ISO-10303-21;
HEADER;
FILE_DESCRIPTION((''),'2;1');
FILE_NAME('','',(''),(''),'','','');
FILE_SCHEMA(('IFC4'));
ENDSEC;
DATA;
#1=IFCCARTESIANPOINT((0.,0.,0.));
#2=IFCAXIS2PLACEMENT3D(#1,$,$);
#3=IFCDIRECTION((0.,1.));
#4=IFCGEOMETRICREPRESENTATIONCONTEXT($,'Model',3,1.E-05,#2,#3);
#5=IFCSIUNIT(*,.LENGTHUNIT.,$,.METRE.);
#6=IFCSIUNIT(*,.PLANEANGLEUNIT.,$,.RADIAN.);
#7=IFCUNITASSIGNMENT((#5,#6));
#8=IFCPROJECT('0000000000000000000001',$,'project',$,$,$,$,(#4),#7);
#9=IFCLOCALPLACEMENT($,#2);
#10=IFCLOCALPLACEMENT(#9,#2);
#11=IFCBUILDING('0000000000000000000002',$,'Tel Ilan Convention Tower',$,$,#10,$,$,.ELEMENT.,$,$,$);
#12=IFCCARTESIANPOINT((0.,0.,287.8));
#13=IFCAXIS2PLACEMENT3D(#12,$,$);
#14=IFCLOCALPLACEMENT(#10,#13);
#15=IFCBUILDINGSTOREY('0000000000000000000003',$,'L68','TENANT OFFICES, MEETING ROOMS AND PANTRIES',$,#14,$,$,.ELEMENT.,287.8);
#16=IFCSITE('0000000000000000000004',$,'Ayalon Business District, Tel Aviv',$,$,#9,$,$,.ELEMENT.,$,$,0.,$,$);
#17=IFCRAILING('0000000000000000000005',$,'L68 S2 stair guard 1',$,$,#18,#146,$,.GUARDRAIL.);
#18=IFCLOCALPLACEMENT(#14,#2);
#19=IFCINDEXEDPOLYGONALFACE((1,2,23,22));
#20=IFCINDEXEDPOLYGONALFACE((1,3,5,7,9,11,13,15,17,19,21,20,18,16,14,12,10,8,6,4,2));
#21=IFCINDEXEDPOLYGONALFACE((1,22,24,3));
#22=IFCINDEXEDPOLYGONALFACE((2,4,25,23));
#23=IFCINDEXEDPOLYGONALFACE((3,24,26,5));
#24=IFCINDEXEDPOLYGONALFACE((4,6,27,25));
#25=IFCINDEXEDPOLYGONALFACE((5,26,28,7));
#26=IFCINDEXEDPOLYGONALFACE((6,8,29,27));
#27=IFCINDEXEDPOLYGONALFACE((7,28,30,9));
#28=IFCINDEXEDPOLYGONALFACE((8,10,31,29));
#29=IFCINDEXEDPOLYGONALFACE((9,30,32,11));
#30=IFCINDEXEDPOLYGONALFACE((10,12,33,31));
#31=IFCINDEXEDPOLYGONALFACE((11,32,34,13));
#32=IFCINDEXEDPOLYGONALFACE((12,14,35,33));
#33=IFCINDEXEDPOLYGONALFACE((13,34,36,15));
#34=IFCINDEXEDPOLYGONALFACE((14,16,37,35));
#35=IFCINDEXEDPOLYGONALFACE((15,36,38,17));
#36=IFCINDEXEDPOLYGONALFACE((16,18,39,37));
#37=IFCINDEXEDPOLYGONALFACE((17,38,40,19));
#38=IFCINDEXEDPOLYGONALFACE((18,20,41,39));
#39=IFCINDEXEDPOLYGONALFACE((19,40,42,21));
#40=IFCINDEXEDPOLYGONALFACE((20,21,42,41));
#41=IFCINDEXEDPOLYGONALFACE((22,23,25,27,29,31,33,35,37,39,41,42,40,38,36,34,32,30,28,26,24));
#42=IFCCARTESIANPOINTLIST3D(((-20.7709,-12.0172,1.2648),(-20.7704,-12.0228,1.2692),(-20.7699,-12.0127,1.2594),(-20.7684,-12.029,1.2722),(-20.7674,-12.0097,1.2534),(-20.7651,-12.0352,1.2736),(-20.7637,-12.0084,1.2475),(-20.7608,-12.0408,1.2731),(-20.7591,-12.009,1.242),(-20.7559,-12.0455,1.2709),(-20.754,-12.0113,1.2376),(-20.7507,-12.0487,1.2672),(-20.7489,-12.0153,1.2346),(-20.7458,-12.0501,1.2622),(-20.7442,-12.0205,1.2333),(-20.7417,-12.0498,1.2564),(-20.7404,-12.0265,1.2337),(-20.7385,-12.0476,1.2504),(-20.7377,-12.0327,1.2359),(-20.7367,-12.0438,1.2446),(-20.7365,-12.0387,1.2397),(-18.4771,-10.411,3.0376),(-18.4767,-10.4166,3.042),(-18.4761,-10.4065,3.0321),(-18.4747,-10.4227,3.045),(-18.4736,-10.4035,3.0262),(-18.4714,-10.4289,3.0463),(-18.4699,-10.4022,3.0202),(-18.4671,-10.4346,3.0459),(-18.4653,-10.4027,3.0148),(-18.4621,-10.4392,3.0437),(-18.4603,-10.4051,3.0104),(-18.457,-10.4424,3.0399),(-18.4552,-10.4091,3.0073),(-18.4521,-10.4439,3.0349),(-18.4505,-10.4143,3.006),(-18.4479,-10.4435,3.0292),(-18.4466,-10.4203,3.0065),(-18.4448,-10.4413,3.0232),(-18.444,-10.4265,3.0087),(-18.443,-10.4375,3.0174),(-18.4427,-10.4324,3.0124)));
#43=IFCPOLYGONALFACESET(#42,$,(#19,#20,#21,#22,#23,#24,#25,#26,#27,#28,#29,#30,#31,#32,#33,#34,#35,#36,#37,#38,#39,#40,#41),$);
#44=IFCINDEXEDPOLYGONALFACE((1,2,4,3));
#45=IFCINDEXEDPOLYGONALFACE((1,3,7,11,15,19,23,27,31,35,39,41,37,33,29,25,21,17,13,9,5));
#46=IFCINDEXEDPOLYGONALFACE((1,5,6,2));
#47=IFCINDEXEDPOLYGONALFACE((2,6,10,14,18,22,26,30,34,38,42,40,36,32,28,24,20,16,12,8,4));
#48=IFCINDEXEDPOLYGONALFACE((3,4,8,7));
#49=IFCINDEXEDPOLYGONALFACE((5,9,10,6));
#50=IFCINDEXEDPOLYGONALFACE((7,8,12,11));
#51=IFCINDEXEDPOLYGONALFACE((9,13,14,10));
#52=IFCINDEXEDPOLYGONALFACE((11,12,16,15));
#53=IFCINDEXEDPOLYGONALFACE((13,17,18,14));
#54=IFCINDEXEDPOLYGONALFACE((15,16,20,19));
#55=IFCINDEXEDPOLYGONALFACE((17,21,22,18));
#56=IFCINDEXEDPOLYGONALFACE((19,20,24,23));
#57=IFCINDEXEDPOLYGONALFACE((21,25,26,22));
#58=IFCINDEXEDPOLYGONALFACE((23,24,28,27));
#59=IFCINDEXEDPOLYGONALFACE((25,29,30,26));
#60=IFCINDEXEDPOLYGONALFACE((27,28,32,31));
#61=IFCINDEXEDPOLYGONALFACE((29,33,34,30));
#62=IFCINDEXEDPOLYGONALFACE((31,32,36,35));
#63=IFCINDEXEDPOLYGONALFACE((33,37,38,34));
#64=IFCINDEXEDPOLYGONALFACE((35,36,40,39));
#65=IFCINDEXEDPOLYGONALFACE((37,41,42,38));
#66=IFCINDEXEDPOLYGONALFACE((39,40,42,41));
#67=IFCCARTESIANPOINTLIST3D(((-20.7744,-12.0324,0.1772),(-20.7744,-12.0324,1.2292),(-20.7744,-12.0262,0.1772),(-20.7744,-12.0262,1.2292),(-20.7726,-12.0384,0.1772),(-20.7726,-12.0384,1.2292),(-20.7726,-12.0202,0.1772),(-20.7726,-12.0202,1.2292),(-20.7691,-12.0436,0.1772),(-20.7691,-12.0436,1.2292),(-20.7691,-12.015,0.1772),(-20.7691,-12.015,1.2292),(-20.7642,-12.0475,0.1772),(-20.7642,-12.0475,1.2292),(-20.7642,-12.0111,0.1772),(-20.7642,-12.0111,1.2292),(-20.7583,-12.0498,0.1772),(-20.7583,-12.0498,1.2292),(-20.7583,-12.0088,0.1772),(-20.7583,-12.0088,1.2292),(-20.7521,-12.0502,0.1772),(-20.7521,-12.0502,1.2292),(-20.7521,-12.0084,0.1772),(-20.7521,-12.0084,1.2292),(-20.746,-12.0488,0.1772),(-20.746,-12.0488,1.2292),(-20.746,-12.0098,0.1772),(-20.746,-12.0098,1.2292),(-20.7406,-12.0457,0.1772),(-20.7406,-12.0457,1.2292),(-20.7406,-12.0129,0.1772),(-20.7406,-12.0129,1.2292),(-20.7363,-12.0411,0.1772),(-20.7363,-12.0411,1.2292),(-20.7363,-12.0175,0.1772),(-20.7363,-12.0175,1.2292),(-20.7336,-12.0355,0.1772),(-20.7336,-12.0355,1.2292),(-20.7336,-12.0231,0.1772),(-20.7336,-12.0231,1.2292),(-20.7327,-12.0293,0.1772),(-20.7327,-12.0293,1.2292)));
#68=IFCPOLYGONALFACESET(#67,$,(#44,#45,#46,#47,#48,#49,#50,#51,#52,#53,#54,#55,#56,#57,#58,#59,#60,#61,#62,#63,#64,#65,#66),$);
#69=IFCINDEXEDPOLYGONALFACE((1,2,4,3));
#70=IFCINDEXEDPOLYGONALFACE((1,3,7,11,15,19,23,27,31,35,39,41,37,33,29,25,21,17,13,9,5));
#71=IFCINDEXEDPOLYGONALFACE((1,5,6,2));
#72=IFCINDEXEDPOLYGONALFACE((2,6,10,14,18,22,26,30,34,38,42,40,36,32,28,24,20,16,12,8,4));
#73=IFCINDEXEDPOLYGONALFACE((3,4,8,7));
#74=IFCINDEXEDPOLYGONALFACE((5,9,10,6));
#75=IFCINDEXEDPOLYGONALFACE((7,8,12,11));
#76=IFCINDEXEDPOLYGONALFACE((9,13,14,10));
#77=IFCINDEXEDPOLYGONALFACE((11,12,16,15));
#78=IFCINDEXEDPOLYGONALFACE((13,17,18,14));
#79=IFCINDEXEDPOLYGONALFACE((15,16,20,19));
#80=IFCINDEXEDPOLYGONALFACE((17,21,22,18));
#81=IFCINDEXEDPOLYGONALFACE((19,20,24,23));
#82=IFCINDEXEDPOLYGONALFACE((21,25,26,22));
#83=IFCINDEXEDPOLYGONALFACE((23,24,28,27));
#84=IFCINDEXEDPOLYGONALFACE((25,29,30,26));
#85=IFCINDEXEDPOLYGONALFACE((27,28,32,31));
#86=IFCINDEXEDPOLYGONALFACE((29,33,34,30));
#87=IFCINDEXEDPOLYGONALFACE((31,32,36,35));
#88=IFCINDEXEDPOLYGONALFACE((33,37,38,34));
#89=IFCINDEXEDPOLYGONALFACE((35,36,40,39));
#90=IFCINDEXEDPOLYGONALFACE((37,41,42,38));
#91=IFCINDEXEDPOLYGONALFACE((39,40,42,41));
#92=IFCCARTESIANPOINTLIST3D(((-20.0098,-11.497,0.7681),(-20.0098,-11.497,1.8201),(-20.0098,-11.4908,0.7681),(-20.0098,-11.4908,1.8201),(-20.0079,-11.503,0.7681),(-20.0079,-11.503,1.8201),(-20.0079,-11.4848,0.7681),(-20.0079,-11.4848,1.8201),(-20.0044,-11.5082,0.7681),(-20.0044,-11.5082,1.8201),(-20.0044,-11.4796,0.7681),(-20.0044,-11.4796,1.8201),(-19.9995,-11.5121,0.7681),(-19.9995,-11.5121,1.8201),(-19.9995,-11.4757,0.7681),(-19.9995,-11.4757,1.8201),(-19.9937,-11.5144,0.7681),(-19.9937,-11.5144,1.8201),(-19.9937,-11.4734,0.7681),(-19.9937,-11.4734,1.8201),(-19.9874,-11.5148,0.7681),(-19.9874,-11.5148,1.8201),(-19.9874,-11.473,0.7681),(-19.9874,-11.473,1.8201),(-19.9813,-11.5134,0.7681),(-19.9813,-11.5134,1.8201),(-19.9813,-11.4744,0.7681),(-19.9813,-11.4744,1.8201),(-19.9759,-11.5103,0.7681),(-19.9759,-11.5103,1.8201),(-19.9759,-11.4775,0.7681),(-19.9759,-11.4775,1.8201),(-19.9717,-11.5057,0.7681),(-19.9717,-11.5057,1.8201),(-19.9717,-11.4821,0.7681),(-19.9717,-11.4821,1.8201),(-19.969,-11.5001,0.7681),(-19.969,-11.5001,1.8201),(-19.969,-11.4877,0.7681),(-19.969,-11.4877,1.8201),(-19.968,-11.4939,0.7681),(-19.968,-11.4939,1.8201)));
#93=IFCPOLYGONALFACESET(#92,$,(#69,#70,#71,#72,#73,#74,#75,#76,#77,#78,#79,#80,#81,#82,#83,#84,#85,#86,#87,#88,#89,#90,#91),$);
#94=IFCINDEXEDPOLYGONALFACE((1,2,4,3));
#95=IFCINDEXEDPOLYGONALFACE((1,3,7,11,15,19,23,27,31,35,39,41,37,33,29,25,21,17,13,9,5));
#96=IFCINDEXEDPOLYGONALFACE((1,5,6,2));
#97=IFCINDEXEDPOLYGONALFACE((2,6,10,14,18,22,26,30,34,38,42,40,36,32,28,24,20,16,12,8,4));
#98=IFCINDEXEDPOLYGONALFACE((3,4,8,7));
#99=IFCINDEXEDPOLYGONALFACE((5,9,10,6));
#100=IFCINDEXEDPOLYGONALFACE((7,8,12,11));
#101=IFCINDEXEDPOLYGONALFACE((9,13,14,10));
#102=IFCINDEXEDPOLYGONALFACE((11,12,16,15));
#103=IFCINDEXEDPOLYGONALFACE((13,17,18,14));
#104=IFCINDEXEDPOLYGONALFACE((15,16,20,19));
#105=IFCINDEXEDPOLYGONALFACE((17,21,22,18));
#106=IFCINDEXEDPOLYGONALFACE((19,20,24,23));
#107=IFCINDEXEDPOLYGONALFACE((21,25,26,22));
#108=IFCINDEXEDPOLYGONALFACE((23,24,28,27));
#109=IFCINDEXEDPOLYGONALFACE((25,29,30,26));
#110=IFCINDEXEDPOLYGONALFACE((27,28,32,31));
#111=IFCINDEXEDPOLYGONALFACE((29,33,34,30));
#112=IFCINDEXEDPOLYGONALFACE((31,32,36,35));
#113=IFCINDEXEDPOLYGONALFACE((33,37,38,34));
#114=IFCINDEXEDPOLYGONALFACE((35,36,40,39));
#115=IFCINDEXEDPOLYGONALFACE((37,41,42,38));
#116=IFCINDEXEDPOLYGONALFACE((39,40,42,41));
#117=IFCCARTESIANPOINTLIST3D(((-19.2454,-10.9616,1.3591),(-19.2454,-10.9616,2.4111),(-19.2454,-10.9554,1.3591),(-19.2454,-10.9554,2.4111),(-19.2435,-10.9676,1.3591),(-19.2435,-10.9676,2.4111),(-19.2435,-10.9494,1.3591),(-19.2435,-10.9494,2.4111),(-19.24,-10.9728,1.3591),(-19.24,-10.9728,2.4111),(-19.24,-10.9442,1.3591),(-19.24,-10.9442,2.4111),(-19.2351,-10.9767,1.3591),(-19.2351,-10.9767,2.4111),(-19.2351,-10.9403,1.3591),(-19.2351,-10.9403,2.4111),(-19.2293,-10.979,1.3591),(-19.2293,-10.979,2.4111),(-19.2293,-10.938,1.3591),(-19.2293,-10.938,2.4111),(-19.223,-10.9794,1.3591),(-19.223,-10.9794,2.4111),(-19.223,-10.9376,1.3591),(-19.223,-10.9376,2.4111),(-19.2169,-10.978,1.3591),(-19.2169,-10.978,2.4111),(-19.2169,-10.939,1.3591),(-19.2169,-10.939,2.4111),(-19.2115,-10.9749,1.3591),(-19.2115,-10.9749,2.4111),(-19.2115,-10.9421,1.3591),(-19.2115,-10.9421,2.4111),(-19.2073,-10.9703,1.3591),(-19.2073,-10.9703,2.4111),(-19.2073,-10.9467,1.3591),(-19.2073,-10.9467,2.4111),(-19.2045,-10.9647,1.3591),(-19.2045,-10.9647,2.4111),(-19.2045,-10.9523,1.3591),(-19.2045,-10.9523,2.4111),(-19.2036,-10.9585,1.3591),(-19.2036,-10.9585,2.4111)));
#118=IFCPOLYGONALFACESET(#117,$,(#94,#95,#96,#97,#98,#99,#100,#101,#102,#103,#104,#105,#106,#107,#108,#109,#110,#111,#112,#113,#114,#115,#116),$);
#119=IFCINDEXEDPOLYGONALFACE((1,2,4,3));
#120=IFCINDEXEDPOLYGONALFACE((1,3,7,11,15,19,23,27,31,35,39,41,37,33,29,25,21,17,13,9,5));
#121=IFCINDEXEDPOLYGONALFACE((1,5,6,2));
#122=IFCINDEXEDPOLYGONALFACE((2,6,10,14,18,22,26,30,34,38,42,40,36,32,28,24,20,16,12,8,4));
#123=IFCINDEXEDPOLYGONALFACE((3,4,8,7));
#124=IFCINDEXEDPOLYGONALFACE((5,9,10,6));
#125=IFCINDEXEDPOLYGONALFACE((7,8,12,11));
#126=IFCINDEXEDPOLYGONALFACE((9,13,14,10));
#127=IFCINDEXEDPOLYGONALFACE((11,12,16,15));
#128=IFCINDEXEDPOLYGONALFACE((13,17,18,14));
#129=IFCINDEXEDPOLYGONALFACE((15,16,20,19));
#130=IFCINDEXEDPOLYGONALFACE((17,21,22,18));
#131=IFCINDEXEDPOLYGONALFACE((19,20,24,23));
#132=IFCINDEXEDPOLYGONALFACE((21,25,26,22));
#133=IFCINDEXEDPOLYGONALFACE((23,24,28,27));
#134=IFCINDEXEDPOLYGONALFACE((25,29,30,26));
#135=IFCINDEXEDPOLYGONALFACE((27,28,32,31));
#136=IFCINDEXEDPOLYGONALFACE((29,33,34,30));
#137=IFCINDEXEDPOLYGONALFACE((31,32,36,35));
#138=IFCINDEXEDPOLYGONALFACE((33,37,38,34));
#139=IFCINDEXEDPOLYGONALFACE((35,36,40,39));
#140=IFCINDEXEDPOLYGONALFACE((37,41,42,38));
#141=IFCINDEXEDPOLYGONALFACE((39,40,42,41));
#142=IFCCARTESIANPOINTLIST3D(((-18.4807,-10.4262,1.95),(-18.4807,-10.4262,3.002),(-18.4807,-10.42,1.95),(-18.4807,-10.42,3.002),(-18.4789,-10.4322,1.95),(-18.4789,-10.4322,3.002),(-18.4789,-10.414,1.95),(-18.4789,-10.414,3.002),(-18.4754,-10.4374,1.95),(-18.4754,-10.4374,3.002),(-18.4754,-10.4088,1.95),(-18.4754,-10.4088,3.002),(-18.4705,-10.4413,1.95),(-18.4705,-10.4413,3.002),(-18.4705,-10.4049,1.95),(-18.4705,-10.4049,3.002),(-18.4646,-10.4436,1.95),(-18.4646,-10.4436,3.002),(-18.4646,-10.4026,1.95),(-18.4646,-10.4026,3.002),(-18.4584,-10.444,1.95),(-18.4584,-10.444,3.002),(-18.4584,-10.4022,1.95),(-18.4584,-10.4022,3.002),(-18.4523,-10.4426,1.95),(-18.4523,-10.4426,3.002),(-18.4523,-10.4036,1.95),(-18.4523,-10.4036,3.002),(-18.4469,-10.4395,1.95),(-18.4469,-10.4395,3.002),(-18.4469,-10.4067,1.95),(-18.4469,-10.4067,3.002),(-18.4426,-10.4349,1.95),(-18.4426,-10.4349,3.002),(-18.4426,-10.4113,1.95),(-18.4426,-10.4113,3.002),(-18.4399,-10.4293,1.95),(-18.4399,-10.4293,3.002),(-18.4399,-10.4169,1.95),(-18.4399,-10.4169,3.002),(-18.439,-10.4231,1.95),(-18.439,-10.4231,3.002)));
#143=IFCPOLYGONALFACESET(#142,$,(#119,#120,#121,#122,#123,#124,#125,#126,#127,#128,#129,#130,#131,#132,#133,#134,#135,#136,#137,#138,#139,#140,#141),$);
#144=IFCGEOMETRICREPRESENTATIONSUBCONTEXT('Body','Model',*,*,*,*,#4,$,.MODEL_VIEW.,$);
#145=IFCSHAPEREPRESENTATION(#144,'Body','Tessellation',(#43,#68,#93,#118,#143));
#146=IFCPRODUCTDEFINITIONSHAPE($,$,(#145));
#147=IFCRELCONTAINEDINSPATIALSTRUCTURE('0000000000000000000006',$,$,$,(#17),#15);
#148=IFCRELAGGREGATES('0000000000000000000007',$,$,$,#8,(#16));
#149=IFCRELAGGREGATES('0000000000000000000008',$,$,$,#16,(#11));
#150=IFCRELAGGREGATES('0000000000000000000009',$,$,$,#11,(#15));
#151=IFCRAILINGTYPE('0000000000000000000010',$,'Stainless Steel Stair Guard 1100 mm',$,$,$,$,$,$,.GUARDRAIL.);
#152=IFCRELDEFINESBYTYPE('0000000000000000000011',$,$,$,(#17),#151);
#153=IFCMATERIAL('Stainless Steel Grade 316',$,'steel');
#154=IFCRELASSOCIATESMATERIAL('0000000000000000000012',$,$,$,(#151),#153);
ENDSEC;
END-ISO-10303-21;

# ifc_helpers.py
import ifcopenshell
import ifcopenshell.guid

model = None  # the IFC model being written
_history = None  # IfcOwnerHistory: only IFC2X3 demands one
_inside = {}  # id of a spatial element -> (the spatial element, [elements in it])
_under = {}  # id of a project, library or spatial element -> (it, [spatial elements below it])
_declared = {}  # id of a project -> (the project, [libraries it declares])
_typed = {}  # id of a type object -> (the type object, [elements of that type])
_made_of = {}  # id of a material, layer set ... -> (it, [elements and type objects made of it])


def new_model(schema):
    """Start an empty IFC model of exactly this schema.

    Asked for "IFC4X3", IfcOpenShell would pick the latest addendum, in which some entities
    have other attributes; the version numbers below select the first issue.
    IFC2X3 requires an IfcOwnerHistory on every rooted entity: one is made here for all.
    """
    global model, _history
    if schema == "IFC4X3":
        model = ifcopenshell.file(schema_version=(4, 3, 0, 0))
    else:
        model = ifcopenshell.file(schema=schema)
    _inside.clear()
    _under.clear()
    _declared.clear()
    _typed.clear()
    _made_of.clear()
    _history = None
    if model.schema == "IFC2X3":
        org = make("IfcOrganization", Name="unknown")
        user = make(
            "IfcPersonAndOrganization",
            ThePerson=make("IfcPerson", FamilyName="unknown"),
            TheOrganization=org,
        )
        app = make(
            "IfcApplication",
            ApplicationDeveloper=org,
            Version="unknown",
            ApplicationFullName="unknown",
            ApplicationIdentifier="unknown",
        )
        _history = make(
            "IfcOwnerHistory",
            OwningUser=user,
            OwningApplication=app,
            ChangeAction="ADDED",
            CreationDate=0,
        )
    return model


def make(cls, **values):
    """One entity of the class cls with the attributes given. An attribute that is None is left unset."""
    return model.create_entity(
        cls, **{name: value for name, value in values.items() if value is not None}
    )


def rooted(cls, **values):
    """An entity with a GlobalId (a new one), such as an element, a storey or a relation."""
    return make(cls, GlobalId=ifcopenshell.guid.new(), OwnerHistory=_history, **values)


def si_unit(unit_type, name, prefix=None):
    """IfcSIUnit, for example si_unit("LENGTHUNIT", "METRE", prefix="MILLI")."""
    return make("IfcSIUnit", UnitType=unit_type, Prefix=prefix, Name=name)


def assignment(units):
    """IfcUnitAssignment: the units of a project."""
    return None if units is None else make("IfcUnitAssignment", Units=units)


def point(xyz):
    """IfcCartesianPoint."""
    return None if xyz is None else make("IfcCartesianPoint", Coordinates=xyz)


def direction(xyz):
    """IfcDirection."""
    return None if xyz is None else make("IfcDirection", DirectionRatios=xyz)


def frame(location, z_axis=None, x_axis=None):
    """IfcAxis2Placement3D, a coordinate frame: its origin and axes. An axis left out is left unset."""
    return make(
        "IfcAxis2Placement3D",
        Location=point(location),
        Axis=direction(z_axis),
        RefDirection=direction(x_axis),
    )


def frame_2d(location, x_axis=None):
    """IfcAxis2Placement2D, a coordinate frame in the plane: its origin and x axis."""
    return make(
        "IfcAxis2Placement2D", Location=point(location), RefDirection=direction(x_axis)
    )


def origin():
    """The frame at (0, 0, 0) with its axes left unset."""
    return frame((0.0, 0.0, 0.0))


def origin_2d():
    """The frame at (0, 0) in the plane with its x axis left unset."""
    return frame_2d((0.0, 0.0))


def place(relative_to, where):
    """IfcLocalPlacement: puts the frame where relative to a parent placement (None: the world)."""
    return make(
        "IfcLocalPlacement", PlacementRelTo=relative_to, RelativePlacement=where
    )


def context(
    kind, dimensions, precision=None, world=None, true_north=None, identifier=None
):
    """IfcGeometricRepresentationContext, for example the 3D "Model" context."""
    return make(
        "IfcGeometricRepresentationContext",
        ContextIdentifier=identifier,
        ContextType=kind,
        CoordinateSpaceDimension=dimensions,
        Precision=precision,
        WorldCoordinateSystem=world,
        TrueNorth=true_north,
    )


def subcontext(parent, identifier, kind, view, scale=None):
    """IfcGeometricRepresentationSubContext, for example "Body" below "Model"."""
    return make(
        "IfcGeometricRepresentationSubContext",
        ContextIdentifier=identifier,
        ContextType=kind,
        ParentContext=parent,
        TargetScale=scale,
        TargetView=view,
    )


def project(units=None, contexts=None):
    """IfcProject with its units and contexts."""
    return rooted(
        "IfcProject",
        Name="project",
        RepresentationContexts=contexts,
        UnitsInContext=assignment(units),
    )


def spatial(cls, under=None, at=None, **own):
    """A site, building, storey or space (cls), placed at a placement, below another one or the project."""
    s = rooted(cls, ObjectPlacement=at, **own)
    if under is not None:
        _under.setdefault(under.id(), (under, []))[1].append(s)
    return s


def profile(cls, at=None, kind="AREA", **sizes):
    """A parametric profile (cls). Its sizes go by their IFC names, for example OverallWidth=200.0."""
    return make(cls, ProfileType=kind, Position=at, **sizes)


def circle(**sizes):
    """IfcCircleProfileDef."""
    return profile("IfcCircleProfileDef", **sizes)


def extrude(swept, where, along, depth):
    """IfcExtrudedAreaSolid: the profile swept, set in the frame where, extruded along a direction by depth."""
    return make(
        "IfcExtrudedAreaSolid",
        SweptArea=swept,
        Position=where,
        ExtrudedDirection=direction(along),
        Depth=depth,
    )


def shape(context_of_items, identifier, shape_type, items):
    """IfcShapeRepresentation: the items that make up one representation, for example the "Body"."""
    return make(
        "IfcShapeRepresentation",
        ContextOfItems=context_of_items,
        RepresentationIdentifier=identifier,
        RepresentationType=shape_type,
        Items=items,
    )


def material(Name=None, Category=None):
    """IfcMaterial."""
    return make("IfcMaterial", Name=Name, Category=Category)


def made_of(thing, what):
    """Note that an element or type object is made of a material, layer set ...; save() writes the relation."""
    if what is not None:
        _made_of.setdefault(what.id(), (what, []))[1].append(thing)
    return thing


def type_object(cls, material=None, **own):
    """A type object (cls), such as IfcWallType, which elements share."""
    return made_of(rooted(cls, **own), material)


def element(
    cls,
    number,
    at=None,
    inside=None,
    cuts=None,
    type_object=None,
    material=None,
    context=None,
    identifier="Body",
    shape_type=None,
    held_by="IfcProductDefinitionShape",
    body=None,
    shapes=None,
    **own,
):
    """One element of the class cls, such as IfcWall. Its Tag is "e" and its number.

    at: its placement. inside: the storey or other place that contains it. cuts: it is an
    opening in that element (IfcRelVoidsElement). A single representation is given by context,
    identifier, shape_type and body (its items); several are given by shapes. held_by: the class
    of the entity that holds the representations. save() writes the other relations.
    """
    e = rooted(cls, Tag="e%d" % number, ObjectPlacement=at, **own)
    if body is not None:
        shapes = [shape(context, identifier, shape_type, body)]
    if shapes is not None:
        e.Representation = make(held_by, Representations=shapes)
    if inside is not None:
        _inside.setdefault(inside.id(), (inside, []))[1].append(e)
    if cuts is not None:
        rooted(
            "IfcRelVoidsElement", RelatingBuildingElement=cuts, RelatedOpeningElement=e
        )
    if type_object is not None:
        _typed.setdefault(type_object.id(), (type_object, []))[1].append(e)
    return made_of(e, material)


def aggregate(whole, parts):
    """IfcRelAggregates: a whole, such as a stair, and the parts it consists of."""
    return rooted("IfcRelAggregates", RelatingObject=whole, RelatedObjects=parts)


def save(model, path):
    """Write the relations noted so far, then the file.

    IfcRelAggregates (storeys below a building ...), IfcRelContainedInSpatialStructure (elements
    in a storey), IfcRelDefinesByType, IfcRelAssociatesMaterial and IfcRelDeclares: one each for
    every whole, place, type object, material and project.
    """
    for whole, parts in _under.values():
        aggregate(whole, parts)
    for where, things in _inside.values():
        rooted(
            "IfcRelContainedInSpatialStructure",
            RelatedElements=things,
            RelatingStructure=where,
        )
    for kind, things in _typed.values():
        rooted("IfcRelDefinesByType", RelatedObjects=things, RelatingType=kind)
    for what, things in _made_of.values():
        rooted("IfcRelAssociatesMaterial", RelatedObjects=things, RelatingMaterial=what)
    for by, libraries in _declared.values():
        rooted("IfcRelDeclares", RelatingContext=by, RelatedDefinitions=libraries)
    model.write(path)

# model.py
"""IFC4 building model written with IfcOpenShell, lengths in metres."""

from ifc_helpers import new_model, si_unit, direction, frame, origin, origin_2d, place, context, subcontext, project, spatial, circle, extrude, material, type_object, element, save


model = new_model("IFC4")

# Units and contexts
model_context = context("Model", 3, precision=1e-05, world=origin(), true_north=direction((0.0, 1.0)))
body_context = subcontext(model_context, "Body", "Model", "MODEL_VIEW")
ifc_project = project(units=[si_unit("LENGTHUNIT", "METRE"), si_unit("PLANEANGLEUNIT", "RADIAN")], contexts=[model_context])

# Site, building, storey
site_placement = place(None, origin())
site = spatial("IfcSite", under=ifc_project, at=site_placement, Name="Ayalon Business District, Tel Aviv", CompositionType="ELEMENT", RefElevation=0.0)
building_placement = place(site_placement, origin())
building = spatial("IfcBuilding", under=site, at=building_placement, Name="Tel Ilan Convention Tower", CompositionType="ELEMENT")
storey_placement = place(building_placement, frame((0.0, 0.0, 287.8)))
storey = spatial("IfcBuildingStorey", under=building, at=storey_placement, Name="L68", Description="TENANT OFFICES, MEETING ROOMS AND PANTRIES", CompositionType="ELEMENT", Elevation=287.8)

# Railing
ifc_material_1 = material(Name="Stainless Steel Grade 316", Category="steel")
railing_type_1 = type_object("IfcRailingType", Name="Stainless Steel Stair Guard 1100 mm", PredefinedType="GUARDRAIL", material=ifc_material_1)
railing_1_placement = place(storey_placement, frame((-20.7537, -12.0293, 0.1772)))
element("IfcRailing", 1, at=railing_1_placement, inside=storey, type_object=railing_type_1, Name="L68 S2 stair guard 1", PredefinedType="GUARDRAIL", context=body_context, shape_type="SweptSolid", body=[
    extrude(circle(Radius=0.0239, at=origin_2d()), frame((0.0, 0.0, 1.0762), z_axis=(0.692098, 0.484653, 0.534894), x_axis=(-0.573609, 0.81913, 0.0)), (0.0, 0.0, 1.0), 3.3142),
    extrude(circle(Radius=0.021, at=origin_2d()), origin(), (0.0, 0.0, 1.0), 1.052),
    extrude(circle(Radius=0.021, at=origin_2d()), frame((0.7646, 0.5354, 0.5908)), (0.0, 0.0, 1.0), 1.052),
    extrude(circle(Radius=0.021, at=origin_2d()), frame((1.5291, 1.0708, 1.1819)), (0.0, 0.0, 1.0), 1.052),
    extrude(circle(Radius=0.021, at=origin_2d()), frame((2.2937, 1.6062, 1.7727)), (0.0, 0.0, 1.0), 1.052),
])

save(model, "model.ifc")
